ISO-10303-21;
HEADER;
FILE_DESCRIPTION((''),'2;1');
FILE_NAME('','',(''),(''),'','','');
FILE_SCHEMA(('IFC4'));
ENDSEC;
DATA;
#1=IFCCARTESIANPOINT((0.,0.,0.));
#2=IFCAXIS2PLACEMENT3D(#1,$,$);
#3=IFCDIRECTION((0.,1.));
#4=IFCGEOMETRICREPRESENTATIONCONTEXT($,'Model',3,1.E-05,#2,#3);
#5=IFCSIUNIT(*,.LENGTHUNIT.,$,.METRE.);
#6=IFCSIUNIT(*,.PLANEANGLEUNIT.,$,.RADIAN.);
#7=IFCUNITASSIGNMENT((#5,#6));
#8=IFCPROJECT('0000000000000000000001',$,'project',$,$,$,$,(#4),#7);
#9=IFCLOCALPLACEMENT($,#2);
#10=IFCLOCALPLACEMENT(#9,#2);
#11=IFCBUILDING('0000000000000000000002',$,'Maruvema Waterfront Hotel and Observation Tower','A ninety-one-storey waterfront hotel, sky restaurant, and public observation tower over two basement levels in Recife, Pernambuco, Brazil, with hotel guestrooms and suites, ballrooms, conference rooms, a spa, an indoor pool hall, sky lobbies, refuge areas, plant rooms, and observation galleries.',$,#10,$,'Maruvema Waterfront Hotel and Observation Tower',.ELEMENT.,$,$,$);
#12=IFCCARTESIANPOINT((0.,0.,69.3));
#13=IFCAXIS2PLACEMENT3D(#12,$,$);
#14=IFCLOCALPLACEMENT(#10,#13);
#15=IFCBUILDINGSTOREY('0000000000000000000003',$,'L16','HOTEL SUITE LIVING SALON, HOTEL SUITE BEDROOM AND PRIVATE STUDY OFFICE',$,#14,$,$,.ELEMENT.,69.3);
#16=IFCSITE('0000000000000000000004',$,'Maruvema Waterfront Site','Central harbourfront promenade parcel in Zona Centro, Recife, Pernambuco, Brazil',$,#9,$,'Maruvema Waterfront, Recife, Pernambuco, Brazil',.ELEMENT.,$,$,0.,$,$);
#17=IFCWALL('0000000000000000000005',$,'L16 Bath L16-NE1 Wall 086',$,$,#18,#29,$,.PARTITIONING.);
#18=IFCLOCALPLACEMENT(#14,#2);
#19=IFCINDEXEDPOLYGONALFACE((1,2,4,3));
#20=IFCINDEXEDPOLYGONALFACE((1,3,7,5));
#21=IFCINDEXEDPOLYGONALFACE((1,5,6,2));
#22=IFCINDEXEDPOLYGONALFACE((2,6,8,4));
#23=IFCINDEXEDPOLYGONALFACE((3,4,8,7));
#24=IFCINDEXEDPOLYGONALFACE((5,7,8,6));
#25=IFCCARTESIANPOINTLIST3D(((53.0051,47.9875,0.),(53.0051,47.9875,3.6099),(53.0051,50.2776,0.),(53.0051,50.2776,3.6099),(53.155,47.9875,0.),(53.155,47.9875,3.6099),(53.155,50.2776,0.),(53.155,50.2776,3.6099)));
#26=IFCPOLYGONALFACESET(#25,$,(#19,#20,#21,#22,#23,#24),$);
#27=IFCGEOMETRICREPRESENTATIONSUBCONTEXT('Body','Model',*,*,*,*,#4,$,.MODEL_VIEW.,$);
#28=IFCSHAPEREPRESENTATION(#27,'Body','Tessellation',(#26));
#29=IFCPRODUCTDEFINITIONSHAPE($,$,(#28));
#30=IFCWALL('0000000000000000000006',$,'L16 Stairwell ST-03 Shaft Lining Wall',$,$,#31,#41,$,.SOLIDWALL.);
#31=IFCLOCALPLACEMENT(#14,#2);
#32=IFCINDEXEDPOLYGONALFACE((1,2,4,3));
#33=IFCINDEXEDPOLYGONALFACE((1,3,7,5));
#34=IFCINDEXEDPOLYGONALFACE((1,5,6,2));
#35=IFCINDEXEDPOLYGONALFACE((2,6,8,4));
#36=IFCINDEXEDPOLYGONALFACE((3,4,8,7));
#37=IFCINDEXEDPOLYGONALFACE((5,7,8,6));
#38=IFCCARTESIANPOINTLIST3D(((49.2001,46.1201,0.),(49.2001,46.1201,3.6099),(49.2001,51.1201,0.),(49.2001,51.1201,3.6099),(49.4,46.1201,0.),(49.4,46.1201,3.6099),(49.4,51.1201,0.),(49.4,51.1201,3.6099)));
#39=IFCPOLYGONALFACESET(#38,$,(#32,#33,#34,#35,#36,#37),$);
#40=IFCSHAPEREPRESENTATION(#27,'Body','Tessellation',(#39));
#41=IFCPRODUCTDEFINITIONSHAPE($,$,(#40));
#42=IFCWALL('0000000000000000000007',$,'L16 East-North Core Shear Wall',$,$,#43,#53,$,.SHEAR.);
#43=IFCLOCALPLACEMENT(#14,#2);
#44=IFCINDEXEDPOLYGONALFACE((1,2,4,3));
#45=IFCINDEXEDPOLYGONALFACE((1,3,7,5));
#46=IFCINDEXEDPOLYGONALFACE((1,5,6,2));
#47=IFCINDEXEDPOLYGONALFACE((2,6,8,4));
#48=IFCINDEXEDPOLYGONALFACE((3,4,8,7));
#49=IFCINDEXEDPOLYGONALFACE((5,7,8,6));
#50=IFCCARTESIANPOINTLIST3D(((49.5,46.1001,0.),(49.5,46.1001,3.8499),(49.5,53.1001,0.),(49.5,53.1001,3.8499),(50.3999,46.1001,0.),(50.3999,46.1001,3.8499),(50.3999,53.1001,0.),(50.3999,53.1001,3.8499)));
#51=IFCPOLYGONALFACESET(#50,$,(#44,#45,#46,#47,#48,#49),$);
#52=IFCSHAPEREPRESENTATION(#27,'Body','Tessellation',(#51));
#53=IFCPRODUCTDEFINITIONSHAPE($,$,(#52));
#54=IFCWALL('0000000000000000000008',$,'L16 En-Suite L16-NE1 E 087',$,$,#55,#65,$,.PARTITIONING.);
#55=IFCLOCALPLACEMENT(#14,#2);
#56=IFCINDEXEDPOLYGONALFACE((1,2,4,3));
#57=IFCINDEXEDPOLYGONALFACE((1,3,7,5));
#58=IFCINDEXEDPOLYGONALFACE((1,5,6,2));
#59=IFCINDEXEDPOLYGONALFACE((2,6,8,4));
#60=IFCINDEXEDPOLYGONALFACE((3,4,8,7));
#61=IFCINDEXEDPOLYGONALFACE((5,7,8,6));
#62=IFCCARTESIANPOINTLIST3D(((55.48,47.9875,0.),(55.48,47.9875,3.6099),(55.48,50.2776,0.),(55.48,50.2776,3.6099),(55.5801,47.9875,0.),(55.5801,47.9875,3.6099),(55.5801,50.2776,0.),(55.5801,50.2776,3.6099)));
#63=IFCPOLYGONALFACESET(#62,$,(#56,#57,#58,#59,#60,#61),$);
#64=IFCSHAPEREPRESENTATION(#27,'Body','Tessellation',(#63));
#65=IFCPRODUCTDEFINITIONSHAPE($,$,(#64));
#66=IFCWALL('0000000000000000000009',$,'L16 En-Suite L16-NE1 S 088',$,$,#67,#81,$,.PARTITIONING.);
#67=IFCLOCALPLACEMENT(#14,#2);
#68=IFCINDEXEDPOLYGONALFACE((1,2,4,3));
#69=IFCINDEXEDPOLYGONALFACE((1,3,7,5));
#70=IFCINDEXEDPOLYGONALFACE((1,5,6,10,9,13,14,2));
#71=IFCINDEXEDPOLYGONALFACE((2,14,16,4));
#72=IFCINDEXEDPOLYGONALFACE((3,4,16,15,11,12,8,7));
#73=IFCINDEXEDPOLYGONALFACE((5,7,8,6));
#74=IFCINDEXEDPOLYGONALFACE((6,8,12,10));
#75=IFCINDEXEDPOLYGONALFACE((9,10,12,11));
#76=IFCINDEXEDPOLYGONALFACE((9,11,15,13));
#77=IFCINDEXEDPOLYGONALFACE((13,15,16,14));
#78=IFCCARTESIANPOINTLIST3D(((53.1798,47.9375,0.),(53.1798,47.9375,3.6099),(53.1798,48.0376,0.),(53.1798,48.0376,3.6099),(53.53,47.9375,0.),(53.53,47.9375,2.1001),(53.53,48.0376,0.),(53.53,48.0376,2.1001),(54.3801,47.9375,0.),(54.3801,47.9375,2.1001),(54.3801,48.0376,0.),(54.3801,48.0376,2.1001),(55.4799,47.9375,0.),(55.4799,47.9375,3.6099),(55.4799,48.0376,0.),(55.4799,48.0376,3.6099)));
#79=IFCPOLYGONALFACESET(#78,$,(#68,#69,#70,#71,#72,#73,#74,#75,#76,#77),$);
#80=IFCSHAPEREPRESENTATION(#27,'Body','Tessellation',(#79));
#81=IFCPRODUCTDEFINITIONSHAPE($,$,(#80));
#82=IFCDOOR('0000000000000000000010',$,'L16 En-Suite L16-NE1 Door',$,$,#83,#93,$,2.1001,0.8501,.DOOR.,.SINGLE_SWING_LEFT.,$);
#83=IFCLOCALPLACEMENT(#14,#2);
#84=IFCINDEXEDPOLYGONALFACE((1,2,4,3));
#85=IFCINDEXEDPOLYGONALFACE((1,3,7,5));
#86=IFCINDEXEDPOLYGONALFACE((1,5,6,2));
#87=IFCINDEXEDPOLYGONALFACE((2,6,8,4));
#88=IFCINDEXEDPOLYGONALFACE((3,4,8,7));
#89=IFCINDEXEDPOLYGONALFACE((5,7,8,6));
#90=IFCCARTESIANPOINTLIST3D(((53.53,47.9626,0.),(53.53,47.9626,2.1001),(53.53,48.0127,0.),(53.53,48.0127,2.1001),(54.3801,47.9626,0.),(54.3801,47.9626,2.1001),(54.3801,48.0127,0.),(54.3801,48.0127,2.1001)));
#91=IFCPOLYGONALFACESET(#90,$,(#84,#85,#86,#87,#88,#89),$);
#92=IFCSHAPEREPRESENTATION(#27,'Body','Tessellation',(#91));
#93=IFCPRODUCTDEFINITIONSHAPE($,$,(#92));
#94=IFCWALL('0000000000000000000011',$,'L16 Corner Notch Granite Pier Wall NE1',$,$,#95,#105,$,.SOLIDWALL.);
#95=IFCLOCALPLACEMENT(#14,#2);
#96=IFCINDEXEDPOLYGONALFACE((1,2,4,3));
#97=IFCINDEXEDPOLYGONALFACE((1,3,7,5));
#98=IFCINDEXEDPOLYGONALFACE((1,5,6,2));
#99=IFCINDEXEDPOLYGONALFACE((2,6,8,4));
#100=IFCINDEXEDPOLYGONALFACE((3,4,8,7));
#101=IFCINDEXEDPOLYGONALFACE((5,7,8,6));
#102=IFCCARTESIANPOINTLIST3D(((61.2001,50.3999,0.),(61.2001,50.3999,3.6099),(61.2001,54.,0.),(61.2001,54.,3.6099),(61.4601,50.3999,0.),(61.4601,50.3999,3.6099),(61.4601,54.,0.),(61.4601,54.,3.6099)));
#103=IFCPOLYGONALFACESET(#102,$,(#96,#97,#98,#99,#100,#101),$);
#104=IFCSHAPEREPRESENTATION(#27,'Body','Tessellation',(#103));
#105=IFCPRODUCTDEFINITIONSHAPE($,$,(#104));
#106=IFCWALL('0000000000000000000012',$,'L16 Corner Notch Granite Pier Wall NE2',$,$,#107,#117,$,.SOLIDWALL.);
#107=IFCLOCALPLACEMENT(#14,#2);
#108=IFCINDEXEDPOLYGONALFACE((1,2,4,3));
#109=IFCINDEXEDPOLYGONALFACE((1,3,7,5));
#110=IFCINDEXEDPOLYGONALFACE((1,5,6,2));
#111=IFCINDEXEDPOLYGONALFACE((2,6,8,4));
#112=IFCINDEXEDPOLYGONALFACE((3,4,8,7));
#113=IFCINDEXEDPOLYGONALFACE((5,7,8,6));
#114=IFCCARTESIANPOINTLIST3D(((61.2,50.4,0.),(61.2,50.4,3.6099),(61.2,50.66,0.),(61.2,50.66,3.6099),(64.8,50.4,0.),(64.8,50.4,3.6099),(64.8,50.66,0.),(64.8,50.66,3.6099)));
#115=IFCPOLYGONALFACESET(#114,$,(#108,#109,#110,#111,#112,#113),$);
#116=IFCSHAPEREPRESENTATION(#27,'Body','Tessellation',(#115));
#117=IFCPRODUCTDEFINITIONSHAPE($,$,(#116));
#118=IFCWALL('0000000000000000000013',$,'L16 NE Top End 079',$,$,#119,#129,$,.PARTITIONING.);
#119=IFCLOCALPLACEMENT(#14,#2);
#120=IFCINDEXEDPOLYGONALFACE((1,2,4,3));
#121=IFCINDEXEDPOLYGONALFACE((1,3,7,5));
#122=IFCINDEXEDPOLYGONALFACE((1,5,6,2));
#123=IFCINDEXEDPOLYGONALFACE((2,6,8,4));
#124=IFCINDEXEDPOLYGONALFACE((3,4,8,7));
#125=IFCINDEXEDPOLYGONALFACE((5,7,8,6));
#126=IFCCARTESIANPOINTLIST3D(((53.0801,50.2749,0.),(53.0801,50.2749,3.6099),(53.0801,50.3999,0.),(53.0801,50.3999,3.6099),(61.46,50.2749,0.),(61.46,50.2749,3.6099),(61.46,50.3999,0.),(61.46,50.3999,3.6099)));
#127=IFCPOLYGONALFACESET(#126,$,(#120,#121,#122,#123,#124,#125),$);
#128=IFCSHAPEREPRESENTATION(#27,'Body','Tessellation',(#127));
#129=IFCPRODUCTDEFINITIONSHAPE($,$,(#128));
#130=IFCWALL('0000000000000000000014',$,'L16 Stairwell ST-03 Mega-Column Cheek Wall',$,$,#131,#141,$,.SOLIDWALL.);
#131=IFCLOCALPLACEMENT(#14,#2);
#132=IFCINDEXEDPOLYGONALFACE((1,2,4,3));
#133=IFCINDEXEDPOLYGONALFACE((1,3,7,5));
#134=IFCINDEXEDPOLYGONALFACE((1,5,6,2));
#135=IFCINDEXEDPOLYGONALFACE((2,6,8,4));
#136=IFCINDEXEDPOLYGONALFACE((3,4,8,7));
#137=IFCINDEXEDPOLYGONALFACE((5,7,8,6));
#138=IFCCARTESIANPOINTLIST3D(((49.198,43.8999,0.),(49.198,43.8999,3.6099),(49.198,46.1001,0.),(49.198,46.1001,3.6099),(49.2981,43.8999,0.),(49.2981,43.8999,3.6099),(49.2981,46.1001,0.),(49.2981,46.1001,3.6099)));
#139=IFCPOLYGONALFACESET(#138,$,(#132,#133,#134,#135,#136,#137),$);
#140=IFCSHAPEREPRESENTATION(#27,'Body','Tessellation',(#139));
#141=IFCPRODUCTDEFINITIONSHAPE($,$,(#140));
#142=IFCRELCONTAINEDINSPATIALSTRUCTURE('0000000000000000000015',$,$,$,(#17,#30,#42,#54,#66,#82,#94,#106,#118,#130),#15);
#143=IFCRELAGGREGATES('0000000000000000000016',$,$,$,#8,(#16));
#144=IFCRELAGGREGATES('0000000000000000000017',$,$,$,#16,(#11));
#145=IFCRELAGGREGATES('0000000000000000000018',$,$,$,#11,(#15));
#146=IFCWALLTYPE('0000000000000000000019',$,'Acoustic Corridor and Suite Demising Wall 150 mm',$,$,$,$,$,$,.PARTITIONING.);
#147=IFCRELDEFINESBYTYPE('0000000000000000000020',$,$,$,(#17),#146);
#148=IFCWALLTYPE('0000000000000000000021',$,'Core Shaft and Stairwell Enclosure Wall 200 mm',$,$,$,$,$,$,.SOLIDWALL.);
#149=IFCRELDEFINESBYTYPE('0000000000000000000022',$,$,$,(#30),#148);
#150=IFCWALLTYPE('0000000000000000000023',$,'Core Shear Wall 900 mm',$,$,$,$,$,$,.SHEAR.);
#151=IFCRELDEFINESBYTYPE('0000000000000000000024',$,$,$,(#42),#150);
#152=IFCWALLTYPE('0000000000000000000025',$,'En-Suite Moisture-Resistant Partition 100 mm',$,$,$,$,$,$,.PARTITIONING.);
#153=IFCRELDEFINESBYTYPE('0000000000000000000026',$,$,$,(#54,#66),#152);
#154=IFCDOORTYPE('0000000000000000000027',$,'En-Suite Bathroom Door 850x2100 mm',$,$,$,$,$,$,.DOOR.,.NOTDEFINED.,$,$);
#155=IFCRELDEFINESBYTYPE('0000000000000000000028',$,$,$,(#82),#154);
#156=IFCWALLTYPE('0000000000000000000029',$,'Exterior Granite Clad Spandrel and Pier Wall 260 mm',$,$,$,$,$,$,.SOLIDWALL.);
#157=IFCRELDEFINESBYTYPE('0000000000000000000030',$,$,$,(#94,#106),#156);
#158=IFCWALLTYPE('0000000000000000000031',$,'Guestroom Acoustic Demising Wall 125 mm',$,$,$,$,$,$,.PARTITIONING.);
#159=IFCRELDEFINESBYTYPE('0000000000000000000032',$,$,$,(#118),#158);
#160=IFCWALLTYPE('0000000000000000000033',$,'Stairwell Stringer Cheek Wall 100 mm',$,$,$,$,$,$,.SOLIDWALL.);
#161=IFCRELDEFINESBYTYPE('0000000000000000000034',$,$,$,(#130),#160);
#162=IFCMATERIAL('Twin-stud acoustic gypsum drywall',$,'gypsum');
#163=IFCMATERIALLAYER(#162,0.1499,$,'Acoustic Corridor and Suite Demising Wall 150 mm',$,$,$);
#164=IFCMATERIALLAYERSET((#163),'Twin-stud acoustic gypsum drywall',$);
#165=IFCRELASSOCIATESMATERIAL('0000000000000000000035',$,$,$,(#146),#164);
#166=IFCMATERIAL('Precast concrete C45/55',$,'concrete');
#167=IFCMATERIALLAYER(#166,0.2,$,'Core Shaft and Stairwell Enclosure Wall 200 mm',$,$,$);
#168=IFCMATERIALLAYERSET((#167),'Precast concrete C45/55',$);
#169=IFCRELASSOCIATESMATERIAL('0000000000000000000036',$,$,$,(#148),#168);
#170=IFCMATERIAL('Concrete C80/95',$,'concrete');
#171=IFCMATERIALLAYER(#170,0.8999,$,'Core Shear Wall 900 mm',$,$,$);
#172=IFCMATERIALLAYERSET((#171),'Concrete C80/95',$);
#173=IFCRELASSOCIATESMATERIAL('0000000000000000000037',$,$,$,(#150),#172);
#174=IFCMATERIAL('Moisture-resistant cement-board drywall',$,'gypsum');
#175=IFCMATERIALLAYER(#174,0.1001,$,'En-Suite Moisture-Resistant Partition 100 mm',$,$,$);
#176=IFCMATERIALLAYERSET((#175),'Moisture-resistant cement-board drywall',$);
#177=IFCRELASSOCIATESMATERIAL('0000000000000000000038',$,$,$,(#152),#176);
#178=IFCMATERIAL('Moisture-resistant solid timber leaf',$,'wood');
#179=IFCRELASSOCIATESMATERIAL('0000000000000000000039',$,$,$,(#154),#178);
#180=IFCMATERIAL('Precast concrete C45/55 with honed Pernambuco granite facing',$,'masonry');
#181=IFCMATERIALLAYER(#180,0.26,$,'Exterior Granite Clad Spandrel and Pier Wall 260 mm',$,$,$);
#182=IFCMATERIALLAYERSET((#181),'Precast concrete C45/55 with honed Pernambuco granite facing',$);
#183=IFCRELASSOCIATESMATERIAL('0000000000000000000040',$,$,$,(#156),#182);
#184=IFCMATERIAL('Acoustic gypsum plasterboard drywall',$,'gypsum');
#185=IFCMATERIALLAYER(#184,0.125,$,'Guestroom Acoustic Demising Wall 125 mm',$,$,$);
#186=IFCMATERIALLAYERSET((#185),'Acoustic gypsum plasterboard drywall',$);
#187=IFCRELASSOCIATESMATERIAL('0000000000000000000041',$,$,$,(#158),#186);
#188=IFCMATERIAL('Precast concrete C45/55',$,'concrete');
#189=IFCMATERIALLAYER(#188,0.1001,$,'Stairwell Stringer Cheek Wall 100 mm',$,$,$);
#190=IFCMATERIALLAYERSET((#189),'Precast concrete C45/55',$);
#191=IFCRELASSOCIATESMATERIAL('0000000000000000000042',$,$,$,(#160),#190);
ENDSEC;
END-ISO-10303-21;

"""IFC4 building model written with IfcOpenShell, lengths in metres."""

from ifc_helpers import new_model, si_unit, direction, frame, frame_2d, origin, place, context, subcontext, project, spatial, rectangle, extrude, material, layer, layer_set, type_object, element, fill, save


model = new_model("IFC4")

# Units and contexts
model_context = context("Model", 3, precision=1e-05, world=origin(), true_north=direction((0.0, 1.0)))
body_context = subcontext(model_context, "Body", "Model", "MODEL_VIEW")
ifc_project = project(units=[si_unit("LENGTHUNIT", "METRE"), si_unit("PLANEANGLEUNIT", "RADIAN")], contexts=[model_context])

# Site, building, storey
site_placement = place(None, origin())
site = spatial("IfcSite", under=ifc_project, at=site_placement, Name="Maruvema Waterfront Site", Description="Central harbourfront promenade parcel in Zona Centro, Recife, Pernambuco, Brazil", LongName="Maruvema Waterfront, Recife, Pernambuco, Brazil", CompositionType="ELEMENT", RefElevation=0.0)
building_placement = place(site_placement, origin())
building = spatial("IfcBuilding", under=site, at=building_placement, Name="Maruvema Waterfront Hotel and Observation Tower", Description="A ninety-one-storey waterfront hotel, sky restaurant, and public observation tower over two basement levels in Recife, Pernambuco, Brazil, with hotel guestrooms and suites, ballrooms, conference rooms, a spa, an indoor pool hall, sky lobbies, refuge areas, plant rooms, and observation galleries.", LongName="Maruvema Waterfront Hotel and Observation Tower", CompositionType="ELEMENT")
storey_placement = place(building_placement, frame((0.0, 0.0, 69.3)))
storey = spatial("IfcBuildingStorey", under=building, at=storey_placement, Name="L16", Description="HOTEL SUITE LIVING SALON, HOTEL SUITE BEDROOM AND PRIVATE STUDY OFFICE", CompositionType="ELEMENT", Elevation=69.3)

# Walls
ifc_material_1 = material(Name="Twin-stud acoustic gypsum drywall", Category="gypsum")
ifc_layer_1 = layer(ifc_material_1, 0.1499, Name="Acoustic Corridor and Suite Demising Wall 150 mm")
ifc_layer_set_1 = layer_set([ifc_layer_1], Name="Twin-stud acoustic gypsum drywall")
wall_type_1 = type_object("IfcWallType", Name="Acoustic Corridor and Suite Demising Wall 150 mm", PredefinedType="PARTITIONING", material=ifc_layer_set_1)
wall_1_placement = place(storey_placement, frame((53.0801, 47.9875, 0.0), z_axis=(0.0, 0.0, 1.0), x_axis=(0.0, 1.0, 0.0)))
element("IfcWall", 1, at=wall_1_placement, inside=storey, type_object=wall_type_1, Name="L16 Bath L16-NE1 Wall 086", PredefinedType="PARTITIONING", context=body_context, shape_type="SweptSolid", body=[
    extrude(rectangle(XDim=2.29, YDim=0.1499, at=frame_2d((1.145, 0.0))), origin(), (0.0, 0.0, 1.0), 3.6099),
])
ifc_material_2 = material(Name="Precast concrete C45/55", Category="concrete")
ifc_layer_2 = layer(ifc_material_2, 0.2, Name="Core Shaft and Stairwell Enclosure Wall 200 mm")
ifc_layer_set_2 = layer_set([ifc_layer_2], Name="Precast concrete C45/55")
wall_type_2 = type_object("IfcWallType", Name="Core Shaft and Stairwell Enclosure Wall 200 mm", PredefinedType="SOLIDWALL", material=ifc_layer_set_2)
wall_2_placement = place(storey_placement, frame((49.3, 46.1201, 0.0), z_axis=(0.0, 0.0, 1.0), x_axis=(0.0, 1.0, 0.0)))
element("IfcWall", 2, at=wall_2_placement, inside=storey, type_object=wall_type_2, Name="L16 Stairwell ST-03 Shaft Lining Wall", PredefinedType="SOLIDWALL", context=body_context, shape_type="SweptSolid", body=[
    extrude(rectangle(XDim=5.0, YDim=0.2, at=frame_2d((2.5, 0.0))), origin(), (0.0, 0.0, 1.0), 3.6099),
])
ifc_material_3 = material(Name="Concrete C80/95", Category="concrete")
ifc_layer_3 = layer(ifc_material_3, 0.8999, Name="Core Shear Wall 900 mm")
ifc_layer_set_3 = layer_set([ifc_layer_3], Name="Concrete C80/95")
wall_type_3 = type_object("IfcWallType", Name="Core Shear Wall 900 mm", PredefinedType="SHEAR", material=ifc_layer_set_3)
wall_3_placement = place(storey_placement, frame((49.95, 46.1001, 0.0), z_axis=(0.0, 0.0, 1.0), x_axis=(0.0, 1.0, 0.0)))
element("IfcWall", 3, at=wall_3_placement, inside=storey, type_object=wall_type_3, Name="L16 East-North Core Shear Wall", PredefinedType="SHEAR", context=body_context, shape_type="SweptSolid", body=[
    extrude(rectangle(XDim=7.0, YDim=0.8999, at=frame_2d((3.5, 0.0))), origin(), (0.0, 0.0, 1.0), 3.8499),
])
ifc_material_4 = material(Name="Moisture-resistant cement-board drywall", Category="gypsum")
ifc_layer_4 = layer(ifc_material_4, 0.1001, Name="En-Suite Moisture-Resistant Partition 100 mm")
ifc_layer_set_4 = layer_set([ifc_layer_4], Name="Moisture-resistant cement-board drywall")
wall_type_4 = type_object("IfcWallType", Name="En-Suite Moisture-Resistant Partition 100 mm", PredefinedType="PARTITIONING", material=ifc_layer_set_4)
wall_4_placement = place(storey_placement, frame((55.53, 47.9875, 0.0), z_axis=(0.0, 0.0, 1.0), x_axis=(0.0, 1.0, 0.0)))
element("IfcWall", 4, at=wall_4_placement, inside=storey, type_object=wall_type_4, Name="L16 En-Suite L16-NE1 E 087", PredefinedType="PARTITIONING", context=body_context, shape_type="SweptSolid", body=[
    extrude(rectangle(XDim=2.29, YDim=0.1001, at=frame_2d((1.145, 0.0))), origin(), (0.0, 0.0, 1.0), 3.6099),
])

# Wall, opening, door
wall_5_placement = place(storey_placement, frame((53.1799, 47.9875, 0.0), z_axis=(0.0, 0.0, 1.0), x_axis=(1.0, 0.0, 0.0)))
wall_5 = element("IfcWall", 5, at=wall_5_placement, inside=storey, type_object=wall_type_4, Name="L16 En-Suite L16-NE1 S 088", PredefinedType="PARTITIONING", context=body_context, shape_type="SweptSolid", body=[
    extrude(rectangle(XDim=2.3, YDim=0.1001, at=frame_2d((1.1499, 0.0))), origin(), (0.0, 0.0, 1.0), 3.6099),
])
opening_placement = place(wall_5_placement, frame((0.3501, 0.0, 0.0)))
opening = element("IfcOpeningElement", 6, at=opening_placement, cuts=wall_5, PredefinedType="OPENING", context=body_context, shape_type="SweptSolid", body=[
    extrude(rectangle(XDim=0.8501, YDim=2.1001, at=frame_2d((0.425, 1.05))), frame((0.0, 0.0601, 0.0), z_axis=(0.0, -1.0, 0.0), x_axis=(1.0, 0.0, 0.0)), (0.0, 0.0, 1.0), 0.1201),
])
ifc_material_5 = material(Name="Moisture-resistant solid timber leaf", Category="wood")
door_type = type_object("IfcDoorType", Name="En-Suite Bathroom Door 850x2100 mm", OperationType="NOTDEFINED", PredefinedType="DOOR", material=ifc_material_5)
door_placement = place(opening_placement, frame((0.8501, 0.0, 0.0), z_axis=(0.0, 0.0, 1.0), x_axis=(-1.0, 0.0, 0.0)))
door = element("IfcDoor", 7, at=door_placement, inside=storey, type_object=door_type, Name="L16 En-Suite L16-NE1 Door", OperationType="SINGLE_SWING_LEFT", OverallHeight=2.1001, OverallWidth=0.8501, PredefinedType="DOOR", context=body_context, shape_type="SweptSolid", body=[
    extrude(rectangle(XDim=0.8501, YDim=2.1001, at=frame_2d((0.425, 1.05))), frame((0.0, 0.0249, 0.0), z_axis=(0.0, -1.0, 0.0), x_axis=(1.0, 0.0, 0.0)), (0.0, 0.0, 1.0), 0.05),
])
fill(opening, door)

# Walls
ifc_material_6 = material(Name="Precast concrete C45/55 with honed Pernambuco granite facing", Category="masonry")
ifc_layer_5 = layer(ifc_material_6, 0.26, Name="Exterior Granite Clad Spandrel and Pier Wall 260 mm")
ifc_layer_set_5 = layer_set([ifc_layer_5], Name="Precast concrete C45/55 with honed Pernambuco granite facing")
wall_type_5 = type_object("IfcWallType", Name="Exterior Granite Clad Spandrel and Pier Wall 260 mm", PredefinedType="SOLIDWALL", material=ifc_layer_set_5)
for number, where, z_axis, x_axis, name in (
    (8, (61.3301, 54.0, 0.0), (0.0, 0.0, 1.0), (0.0, -1.0, 0.0), "L16 Corner Notch Granite Pier Wall NE1"),
    (9, (61.2, 50.53, 0.0), (0.0, 0.0, 1.0), (1.0, 0.0, 0.0), "L16 Corner Notch Granite Pier Wall NE2"),
):
    element("IfcWall", number, at=place(storey_placement, frame(where, z_axis=z_axis, x_axis=x_axis)), inside=storey, type_object=wall_type_5, Name=name, PredefinedType="SOLIDWALL", context=body_context, shape_type="SweptSolid", body=[
        extrude(rectangle(XDim=3.6001, YDim=0.26, at=frame_2d((1.8, 0.0))), origin(), (0.0, 0.0, 1.0), 3.6099),
    ])
ifc_material_7 = material(Name="Acoustic gypsum plasterboard drywall", Category="gypsum")
ifc_layer_6 = layer(ifc_material_7, 0.125, Name="Guestroom Acoustic Demising Wall 125 mm")
ifc_layer_set_6 = layer_set([ifc_layer_6], Name="Acoustic gypsum plasterboard drywall")
wall_type_6 = type_object("IfcWallType", Name="Guestroom Acoustic Demising Wall 125 mm", PredefinedType="PARTITIONING", material=ifc_layer_set_6)
wall_6_placement = place(storey_placement, frame((53.0801, 50.3374, 0.0), z_axis=(0.0, 0.0, 1.0), x_axis=(1.0, 0.0, 0.0)))
element("IfcWall", 10, at=wall_6_placement, inside=storey, type_object=wall_type_6, Name="L16 NE Top End 079", PredefinedType="PARTITIONING", context=body_context, shape_type="SweptSolid", body=[
    extrude(rectangle(XDim=8.3799, YDim=0.125, at=frame_2d((4.1899, 0.0))), origin(), (0.0, 0.0, 1.0), 3.6099),
])
ifc_material_8 = material(Name="Precast concrete C45/55", Category="concrete")
ifc_layer_7 = layer(ifc_material_8, 0.1001, Name="Stairwell Stringer Cheek Wall 100 mm")
ifc_layer_set_7 = layer_set([ifc_layer_7], Name="Precast concrete C45/55")
wall_type_7 = type_object("IfcWallType", Name="Stairwell Stringer Cheek Wall 100 mm", PredefinedType="SOLIDWALL", material=ifc_layer_set_7)
wall_7_placement = place(storey_placement, frame((49.248, 43.8999, 0.0), z_axis=(0.0, 0.0, 1.0), x_axis=(0.0, 1.0, 0.0)))
element("IfcWall", 11, at=wall_7_placement, inside=storey, type_object=wall_type_7, Name="L16 Stairwell ST-03 Mega-Column Cheek Wall", PredefinedType="SOLIDWALL", context=body_context, shape_type="SweptSolid", body=[
    extrude(rectangle(XDim=2.2002, YDim=0.1001, at=frame_2d((1.1001, 0.0))), origin(), (0.0, 0.0, 1.0), 3.6099),
])

save(model, "model.ifc")
